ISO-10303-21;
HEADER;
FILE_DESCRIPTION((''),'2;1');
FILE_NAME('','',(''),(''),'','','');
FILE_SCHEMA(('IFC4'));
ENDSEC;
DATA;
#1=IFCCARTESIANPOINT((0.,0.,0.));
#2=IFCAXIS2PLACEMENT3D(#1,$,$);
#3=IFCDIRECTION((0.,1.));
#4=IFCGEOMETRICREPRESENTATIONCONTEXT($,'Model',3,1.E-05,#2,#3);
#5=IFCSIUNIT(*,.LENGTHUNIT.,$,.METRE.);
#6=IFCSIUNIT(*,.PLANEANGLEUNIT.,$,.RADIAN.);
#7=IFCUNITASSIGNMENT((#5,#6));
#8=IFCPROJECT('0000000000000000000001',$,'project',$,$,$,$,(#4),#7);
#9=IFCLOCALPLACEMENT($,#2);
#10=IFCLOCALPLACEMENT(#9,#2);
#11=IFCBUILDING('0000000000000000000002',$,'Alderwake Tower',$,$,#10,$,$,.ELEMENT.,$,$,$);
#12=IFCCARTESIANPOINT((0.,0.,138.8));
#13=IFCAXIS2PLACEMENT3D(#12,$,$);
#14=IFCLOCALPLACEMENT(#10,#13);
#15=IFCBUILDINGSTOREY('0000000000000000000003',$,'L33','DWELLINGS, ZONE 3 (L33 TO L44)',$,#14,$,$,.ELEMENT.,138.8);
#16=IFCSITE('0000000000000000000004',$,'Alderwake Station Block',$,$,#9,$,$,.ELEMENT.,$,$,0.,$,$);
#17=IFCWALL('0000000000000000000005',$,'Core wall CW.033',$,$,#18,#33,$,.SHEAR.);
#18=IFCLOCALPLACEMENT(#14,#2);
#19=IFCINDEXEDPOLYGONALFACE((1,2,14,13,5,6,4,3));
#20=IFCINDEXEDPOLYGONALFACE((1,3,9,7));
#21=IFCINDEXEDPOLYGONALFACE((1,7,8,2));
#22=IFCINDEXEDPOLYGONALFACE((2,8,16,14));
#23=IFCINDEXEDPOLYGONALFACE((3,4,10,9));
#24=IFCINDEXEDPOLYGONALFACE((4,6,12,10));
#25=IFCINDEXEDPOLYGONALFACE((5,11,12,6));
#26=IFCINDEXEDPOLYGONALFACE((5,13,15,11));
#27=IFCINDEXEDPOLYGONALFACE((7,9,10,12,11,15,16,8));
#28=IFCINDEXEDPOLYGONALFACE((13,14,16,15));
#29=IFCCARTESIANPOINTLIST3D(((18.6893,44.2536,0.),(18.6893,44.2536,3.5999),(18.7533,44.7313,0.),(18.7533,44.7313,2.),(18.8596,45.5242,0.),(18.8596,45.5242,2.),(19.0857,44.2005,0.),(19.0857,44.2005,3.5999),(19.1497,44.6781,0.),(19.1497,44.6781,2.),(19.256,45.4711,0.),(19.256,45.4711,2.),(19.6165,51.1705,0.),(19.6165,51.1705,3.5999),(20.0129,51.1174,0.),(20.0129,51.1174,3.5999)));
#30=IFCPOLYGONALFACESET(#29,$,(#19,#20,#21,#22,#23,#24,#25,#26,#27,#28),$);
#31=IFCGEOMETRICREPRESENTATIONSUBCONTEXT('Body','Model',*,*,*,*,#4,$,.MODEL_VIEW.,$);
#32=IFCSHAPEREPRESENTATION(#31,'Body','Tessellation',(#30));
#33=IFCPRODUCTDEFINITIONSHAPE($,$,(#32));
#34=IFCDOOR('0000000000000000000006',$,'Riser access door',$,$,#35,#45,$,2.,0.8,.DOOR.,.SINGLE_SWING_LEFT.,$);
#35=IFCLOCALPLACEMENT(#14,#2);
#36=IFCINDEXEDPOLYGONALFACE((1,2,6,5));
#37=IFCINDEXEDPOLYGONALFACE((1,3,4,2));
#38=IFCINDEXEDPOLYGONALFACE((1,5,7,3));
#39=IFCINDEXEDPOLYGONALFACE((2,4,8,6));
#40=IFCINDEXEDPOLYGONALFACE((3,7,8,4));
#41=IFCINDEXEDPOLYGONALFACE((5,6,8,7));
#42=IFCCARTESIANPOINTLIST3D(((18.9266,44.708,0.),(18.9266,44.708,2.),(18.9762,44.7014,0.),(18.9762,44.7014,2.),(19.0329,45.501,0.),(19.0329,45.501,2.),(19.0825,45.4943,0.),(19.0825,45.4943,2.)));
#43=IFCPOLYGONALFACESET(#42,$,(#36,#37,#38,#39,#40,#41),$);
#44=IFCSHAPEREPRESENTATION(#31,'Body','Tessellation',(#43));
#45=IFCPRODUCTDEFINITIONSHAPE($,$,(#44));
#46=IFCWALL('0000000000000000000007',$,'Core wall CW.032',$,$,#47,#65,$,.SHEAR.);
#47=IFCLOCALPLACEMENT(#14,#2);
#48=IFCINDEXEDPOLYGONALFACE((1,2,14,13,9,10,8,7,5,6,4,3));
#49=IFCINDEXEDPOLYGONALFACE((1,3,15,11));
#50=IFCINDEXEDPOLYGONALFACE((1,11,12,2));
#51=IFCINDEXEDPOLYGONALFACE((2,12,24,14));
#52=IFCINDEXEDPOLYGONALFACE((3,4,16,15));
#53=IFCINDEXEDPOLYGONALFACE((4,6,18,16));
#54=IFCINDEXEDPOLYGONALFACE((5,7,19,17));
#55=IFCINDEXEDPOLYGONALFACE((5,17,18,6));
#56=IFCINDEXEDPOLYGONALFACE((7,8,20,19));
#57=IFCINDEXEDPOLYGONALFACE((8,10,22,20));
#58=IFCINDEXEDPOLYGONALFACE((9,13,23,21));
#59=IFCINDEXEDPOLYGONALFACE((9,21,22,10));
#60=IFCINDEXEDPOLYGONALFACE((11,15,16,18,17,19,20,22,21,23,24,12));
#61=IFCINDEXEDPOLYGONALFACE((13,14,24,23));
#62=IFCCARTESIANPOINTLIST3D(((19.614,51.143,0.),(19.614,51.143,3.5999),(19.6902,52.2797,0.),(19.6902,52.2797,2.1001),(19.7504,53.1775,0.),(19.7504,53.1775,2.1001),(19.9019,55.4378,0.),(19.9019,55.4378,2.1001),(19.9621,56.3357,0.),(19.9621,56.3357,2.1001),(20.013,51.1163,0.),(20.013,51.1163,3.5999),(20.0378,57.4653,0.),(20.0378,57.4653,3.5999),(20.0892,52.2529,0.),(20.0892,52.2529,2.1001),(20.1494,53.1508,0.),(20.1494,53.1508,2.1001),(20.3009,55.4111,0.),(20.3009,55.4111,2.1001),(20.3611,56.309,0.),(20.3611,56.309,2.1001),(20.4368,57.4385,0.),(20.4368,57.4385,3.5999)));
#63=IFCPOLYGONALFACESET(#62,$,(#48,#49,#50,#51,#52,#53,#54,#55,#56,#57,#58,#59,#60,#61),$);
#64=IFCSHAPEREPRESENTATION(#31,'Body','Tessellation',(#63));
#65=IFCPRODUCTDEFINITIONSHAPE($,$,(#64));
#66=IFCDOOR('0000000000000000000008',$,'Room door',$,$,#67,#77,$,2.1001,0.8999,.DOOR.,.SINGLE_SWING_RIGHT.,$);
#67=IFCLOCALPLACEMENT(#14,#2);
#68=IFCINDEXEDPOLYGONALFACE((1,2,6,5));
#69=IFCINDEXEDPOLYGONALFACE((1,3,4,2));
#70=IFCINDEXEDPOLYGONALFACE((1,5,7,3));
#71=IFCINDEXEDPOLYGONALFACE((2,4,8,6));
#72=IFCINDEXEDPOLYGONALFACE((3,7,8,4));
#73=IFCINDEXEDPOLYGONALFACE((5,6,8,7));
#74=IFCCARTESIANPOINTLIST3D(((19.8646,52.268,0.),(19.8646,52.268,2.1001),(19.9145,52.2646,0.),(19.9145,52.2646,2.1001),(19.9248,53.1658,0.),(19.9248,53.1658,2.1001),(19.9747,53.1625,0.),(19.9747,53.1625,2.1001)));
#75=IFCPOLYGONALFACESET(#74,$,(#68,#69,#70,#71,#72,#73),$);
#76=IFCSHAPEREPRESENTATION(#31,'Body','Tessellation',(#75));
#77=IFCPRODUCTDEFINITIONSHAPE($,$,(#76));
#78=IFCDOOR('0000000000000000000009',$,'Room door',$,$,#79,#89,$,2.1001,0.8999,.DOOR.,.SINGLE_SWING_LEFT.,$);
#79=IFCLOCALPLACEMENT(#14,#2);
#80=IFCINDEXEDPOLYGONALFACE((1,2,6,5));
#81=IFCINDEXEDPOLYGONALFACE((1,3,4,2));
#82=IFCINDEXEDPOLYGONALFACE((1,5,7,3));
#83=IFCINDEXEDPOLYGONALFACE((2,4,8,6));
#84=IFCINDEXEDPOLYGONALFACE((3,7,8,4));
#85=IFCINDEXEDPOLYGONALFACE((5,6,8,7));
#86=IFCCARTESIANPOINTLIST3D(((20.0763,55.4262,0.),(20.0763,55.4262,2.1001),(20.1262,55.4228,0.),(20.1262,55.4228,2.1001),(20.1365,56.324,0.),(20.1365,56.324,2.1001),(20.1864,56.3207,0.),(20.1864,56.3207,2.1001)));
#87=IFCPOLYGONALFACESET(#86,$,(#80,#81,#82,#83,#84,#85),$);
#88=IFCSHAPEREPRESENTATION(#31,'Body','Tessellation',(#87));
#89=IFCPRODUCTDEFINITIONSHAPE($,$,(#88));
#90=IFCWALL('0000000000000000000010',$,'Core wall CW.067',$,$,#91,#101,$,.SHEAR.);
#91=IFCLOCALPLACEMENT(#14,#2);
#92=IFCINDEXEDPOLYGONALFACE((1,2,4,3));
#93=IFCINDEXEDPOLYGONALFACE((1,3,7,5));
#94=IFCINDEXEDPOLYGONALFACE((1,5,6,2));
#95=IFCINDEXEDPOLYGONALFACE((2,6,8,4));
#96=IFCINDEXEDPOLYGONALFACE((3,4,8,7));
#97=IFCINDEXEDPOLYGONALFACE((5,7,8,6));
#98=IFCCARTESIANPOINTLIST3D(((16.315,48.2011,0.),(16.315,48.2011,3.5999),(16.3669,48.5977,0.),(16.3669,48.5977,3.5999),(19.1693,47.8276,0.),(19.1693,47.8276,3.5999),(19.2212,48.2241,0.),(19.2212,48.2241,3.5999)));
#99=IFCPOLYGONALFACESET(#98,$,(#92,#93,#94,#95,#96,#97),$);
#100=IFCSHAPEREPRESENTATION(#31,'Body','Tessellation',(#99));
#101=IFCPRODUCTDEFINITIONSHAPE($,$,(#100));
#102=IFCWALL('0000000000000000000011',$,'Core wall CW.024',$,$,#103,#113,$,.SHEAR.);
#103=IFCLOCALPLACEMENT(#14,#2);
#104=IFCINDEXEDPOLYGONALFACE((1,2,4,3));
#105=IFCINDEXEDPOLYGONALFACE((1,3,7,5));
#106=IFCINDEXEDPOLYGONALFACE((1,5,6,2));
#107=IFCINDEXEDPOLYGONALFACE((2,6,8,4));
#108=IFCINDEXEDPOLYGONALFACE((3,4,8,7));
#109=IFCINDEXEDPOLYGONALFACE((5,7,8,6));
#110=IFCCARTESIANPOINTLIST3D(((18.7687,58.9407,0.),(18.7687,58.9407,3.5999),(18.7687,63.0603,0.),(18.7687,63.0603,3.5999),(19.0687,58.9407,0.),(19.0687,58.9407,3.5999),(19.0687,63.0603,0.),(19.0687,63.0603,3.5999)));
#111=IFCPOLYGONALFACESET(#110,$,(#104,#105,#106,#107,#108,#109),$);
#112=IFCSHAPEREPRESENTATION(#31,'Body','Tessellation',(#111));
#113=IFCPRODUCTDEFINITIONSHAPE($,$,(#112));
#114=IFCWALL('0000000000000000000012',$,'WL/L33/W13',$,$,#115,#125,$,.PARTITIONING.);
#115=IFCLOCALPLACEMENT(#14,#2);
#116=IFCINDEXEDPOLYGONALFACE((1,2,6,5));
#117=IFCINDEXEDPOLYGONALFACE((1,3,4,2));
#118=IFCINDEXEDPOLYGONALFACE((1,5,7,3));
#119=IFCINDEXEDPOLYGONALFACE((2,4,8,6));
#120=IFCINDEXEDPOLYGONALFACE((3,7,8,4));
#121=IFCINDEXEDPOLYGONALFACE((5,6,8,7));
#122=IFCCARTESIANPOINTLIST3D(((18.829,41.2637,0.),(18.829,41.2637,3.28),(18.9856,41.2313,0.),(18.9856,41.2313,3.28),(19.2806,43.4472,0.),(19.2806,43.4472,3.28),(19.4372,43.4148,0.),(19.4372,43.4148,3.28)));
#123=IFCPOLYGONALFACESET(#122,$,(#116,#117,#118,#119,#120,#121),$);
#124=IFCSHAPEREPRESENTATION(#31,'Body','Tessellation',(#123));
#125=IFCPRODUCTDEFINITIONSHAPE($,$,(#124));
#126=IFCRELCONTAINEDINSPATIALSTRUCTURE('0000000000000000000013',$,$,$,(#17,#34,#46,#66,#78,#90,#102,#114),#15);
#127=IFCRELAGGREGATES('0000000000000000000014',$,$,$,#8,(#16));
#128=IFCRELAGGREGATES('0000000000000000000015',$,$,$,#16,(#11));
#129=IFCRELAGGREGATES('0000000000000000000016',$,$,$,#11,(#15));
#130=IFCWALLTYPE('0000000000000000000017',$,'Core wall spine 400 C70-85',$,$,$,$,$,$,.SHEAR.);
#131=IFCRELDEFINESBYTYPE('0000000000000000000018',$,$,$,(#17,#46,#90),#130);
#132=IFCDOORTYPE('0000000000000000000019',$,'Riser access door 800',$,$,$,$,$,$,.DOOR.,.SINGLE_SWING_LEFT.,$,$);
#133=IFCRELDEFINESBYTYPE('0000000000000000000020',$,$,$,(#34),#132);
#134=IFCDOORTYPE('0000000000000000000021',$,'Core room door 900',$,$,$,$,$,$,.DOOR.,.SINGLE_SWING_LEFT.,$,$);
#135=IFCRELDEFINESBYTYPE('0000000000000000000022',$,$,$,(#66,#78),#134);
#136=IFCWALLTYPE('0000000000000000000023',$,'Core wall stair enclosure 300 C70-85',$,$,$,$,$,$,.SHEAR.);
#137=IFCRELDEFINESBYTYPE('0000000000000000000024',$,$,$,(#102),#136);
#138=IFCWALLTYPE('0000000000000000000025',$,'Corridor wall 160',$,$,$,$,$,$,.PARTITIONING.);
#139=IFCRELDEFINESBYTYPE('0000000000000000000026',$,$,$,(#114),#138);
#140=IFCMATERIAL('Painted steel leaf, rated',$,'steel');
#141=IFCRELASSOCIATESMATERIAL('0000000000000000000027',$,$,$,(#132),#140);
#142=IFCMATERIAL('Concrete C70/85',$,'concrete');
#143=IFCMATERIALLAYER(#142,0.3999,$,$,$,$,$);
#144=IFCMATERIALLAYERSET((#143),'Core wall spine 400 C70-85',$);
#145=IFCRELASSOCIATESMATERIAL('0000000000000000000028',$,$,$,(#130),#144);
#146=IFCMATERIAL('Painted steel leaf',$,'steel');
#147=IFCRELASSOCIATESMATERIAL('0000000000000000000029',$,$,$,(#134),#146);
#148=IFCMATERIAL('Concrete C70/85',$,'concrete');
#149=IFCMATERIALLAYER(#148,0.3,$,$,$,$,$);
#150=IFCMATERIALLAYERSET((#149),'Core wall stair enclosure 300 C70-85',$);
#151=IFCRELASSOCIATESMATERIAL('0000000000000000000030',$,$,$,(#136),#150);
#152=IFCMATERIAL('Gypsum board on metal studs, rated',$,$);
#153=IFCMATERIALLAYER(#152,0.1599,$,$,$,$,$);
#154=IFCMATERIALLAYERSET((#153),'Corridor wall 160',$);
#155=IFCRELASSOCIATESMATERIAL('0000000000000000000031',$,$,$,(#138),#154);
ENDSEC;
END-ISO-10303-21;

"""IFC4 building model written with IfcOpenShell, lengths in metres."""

from ifc_helpers import new_model, si_unit, direction, frame, frame_2d, origin, place, context, subcontext, project, spatial, rectangle, extrude, material, layer, layer_set, type_object, element, fill, save


model = new_model("IFC4")

# Units and contexts
model_context = context("Model", 3, precision=1e-05, world=origin(), true_north=direction((0.0, 1.0)))
body_context = subcontext(model_context, "Body", "Model", "MODEL_VIEW")
ifc_project = project(units=[si_unit("LENGTHUNIT", "METRE"), si_unit("PLANEANGLEUNIT", "RADIAN")], contexts=[model_context])

# Site, building, storey
site_placement = place(None, origin())
site = spatial("IfcSite", under=ifc_project, at=site_placement, Name="Alderwake Station Block", CompositionType="ELEMENT", RefElevation=0.0)
building_placement = place(site_placement, origin())
building = spatial("IfcBuilding", under=site, at=building_placement, Name="Alderwake Tower", CompositionType="ELEMENT")
storey_placement = place(building_placement, frame((0.0, 0.0, 138.8)))
storey = spatial("IfcBuildingStorey", under=building, at=storey_placement, Name="L33", Description="DWELLINGS, ZONE 3 (L33 TO L44)", CompositionType="ELEMENT", Elevation=138.8)

# Shared definitions
ifc_material_1 = material(Name="Painted steel leaf, rated", Category="steel")
door_type_1 = type_object("IfcDoorType", Name="Riser access door 800", OperationType="SINGLE_SWING_LEFT", PredefinedType="DOOR", material=ifc_material_1)

# Wall, opening, door
ifc_material_2 = material(Name="Concrete C70/85", Category="concrete")
ifc_layer_1 = layer(ifc_material_2, 0.3999)
ifc_layer_set_1 = layer_set([ifc_layer_1], Name="Core wall spine 400 C70-85")
wall_type_1 = type_object("IfcWallType", Name="Core wall spine 400 C70-85", PredefinedType="SHEAR", material=ifc_layer_set_1)
wall_1_placement = place(storey_placement, frame((19.8147, 51.1438, 0.0), z_axis=(0.0, 0.0, 1.0), x_axis=(-0.132865, -0.991134, 0.0)))
wall_1 = element("IfcWall", 1, at=wall_1_placement, inside=storey, type_object=wall_type_1, Name="Core wall CW.033", PredefinedType="SHEAR", context=body_context, shape_type="SweptSolid", body=[
    extrude(rectangle(XDim=6.9788, YDim=0.3999, at=frame_2d((3.4893, 0.0))), origin(), (0.0, 0.0, 1.0), 3.5999),
])
opening_1_placement = place(wall_1_placement, frame((5.6968, 0.0, 0.0)))
opening_1 = element("IfcOpeningElement", 2, at=opening_1_placement, cuts=wall_1, PredefinedType="OPENING", context=body_context, shape_type="SweptSolid", body=[
    extrude(rectangle(XDim=0.8, YDim=2.0, at=frame_2d((0.3999, 1.0))), frame((0.0, 0.21, 0.0), z_axis=(0.0, -1.0, 0.0), x_axis=(1.0, 0.0, 0.0)), (0.0, 0.0, 1.0), 0.4199),
])
door_1_placement = place(opening_1_placement, origin())
door_1 = element("IfcDoor", 3, at=door_1_placement, inside=storey, type_object=door_type_1, Name="Riser access door", OperationType="SINGLE_SWING_LEFT", OverallHeight=2.0, OverallWidth=0.8, PredefinedType="DOOR", context=body_context, shape_type="SweptSolid", body=[
    extrude(rectangle(XDim=0.8, YDim=2.0, at=frame_2d((0.3999, 1.0))), frame((0.0, 0.0249, 0.0), z_axis=(0.0, -1.0, 0.0), x_axis=(1.0, 0.0, 0.0)), (0.0, 0.0, 1.0), 0.05),
])
fill(opening_1, door_1)

# Wall, openings, doors
wall_2_placement = place(storey_placement, frame((20.2373, 57.4519, 0.0), z_axis=(0.0, 0.0, 1.0), x_axis=(-0.066887, -0.997761, 0.0)))
wall_2 = element("IfcWall", 4, at=wall_2_placement, inside=storey, type_object=wall_type_1, Name="Core wall CW.032", PredefinedType="SHEAR", context=body_context, shape_type="SweptSolid", body=[
    extrude(rectangle(XDim=6.3364, YDim=0.3999, at=frame_2d((3.1682, 0.0))), origin(), (0.0, 0.0, 1.0), 3.5999),
])
opening_2_placement = place(wall_2_placement, frame((4.2974, 0.0, 0.0)))
opening_2 = element("IfcOpeningElement", 5, at=opening_2_placement, cuts=wall_2, PredefinedType="OPENING", context=body_context, shape_type="SweptSolid", body=[
    extrude(rectangle(XDim=0.8999, YDim=2.1001, at=frame_2d((0.45, 1.05))), frame((0.0, 0.21, 0.0), z_axis=(0.0, -1.0, 0.0), x_axis=(1.0, 0.0, 0.0)), (0.0, 0.0, 1.0), 0.4199),
])
opening_3_placement = place(wall_2_placement, frame((1.1321, 0.0, 0.0)))
opening_3 = element("IfcOpeningElement", 6, at=opening_3_placement, cuts=wall_2, PredefinedType="OPENING", context=body_context, shape_type="SweptSolid", body=[
    extrude(rectangle(XDim=0.8999, YDim=2.1001, at=frame_2d((0.45, 1.05))), frame((0.0, 0.21, 0.0), z_axis=(0.0, -1.0, 0.0), x_axis=(1.0, 0.0, 0.0)), (0.0, 0.0, 1.0), 0.4199),
])
ifc_material_3 = material(Name="Painted steel leaf", Category="steel")
door_type_2 = type_object("IfcDoorType", Name="Core room door 900", OperationType="SINGLE_SWING_LEFT", PredefinedType="DOOR", material=ifc_material_3)
door_2_placement = place(opening_2_placement, origin())
door_2 = element("IfcDoor", 7, at=door_2_placement, inside=storey, type_object=door_type_2, Name="Room door", OperationType="SINGLE_SWING_RIGHT", OverallHeight=2.1001, OverallWidth=0.8999, PredefinedType="DOOR", context=body_context, shape_type="SweptSolid", body=[
    extrude(rectangle(XDim=0.8999, YDim=2.1001, at=frame_2d((0.45, 1.05))), frame((0.0, 0.0249, 0.0), z_axis=(0.0, -1.0, 0.0), x_axis=(1.0, 0.0, 0.0)), (0.0, 0.0, 1.0), 0.05),
])
fill(opening_2, door_2)
door_3_placement = place(opening_3_placement, origin())
door_3 = element("IfcDoor", 8, at=door_3_placement, inside=storey, type_object=door_type_2, Name="Room door", OperationType="SINGLE_SWING_LEFT", OverallHeight=2.1001, OverallWidth=0.8999, PredefinedType="DOOR", context=body_context, shape_type="SweptSolid", body=[
    extrude(rectangle(XDim=0.8999, YDim=2.1001, at=frame_2d((0.45, 1.05))), frame((0.0, 0.0249, 0.0), z_axis=(0.0, -1.0, 0.0), x_axis=(1.0, 0.0, 0.0)), (0.0, 0.0, 1.0), 0.05),
])
fill(opening_3, door_3)

# Walls
wall_3_placement = place(storey_placement, frame((16.3408, 48.3994, 0.0), z_axis=(0.0, 0.0, 1.0), x_axis=(0.991545, -0.129763, 0.0)))
element("IfcWall", 9, at=wall_3_placement, inside=storey, type_object=wall_type_1, Name="Core wall CW.067", PredefinedType="SHEAR", context=body_context, shape_type="SweptSolid", body=[
    extrude(rectangle(XDim=2.8787, YDim=0.3999, at=frame_2d((1.4395, 0.0))), origin(), (0.0, 0.0, 1.0), 3.5999),
])
ifc_material_4 = material(Name="Concrete C70/85", Category="concrete")
ifc_layer_2 = layer(ifc_material_4, 0.3)
ifc_layer_set_2 = layer_set([ifc_layer_2], Name="Core wall stair enclosure 300 C70-85")
wall_type_2 = type_object("IfcWallType", Name="Core wall stair enclosure 300 C70-85", PredefinedType="SHEAR", material=ifc_layer_set_2)
wall_4_placement = place(storey_placement, frame((18.9187, 58.9407, 0.0), z_axis=(0.0, 0.0, 1.0), x_axis=(0.0, 1.0, 0.0)))
element("IfcWall", 10, at=wall_4_placement, inside=storey, type_object=wall_type_2, Name="Core wall CW.024", PredefinedType="SHEAR", context=body_context, shape_type="SweptSolid", body=[
    extrude(rectangle(XDim=4.1196, YDim=0.3, at=frame_2d((2.0598, 0.0))), origin(), (0.0, 0.0, 1.0), 3.5999),
])
ifc_material_5 = material(Name="Gypsum board on metal studs, rated")
ifc_layer_3 = layer(ifc_material_5, 0.1599)
ifc_layer_set_3 = layer_set([ifc_layer_3], Name="Corridor wall 160")
wall_type_3 = type_object("IfcWallType", Name="Corridor wall 160", PredefinedType="PARTITIONING", material=ifc_layer_set_3)
wall_5_placement = place(storey_placement, frame((19.3589, 43.4309, 0.0), z_axis=(0.0, 0.0, 1.0), x_axis=(-0.202555, -0.979271, 0.0)))
element("IfcWall", 11, at=wall_5_placement, inside=storey, type_object=wall_type_3, Name="WL/L33/W13", PredefinedType="PARTITIONING", context=body_context, shape_type="SweptSolid", body=[
    extrude(rectangle(XDim=2.2297, YDim=0.1599, at=frame_2d((1.1147, 0.0))), origin(), (0.0, 0.0, 1.0), 3.28),
])

save(model, "model.ifc")
